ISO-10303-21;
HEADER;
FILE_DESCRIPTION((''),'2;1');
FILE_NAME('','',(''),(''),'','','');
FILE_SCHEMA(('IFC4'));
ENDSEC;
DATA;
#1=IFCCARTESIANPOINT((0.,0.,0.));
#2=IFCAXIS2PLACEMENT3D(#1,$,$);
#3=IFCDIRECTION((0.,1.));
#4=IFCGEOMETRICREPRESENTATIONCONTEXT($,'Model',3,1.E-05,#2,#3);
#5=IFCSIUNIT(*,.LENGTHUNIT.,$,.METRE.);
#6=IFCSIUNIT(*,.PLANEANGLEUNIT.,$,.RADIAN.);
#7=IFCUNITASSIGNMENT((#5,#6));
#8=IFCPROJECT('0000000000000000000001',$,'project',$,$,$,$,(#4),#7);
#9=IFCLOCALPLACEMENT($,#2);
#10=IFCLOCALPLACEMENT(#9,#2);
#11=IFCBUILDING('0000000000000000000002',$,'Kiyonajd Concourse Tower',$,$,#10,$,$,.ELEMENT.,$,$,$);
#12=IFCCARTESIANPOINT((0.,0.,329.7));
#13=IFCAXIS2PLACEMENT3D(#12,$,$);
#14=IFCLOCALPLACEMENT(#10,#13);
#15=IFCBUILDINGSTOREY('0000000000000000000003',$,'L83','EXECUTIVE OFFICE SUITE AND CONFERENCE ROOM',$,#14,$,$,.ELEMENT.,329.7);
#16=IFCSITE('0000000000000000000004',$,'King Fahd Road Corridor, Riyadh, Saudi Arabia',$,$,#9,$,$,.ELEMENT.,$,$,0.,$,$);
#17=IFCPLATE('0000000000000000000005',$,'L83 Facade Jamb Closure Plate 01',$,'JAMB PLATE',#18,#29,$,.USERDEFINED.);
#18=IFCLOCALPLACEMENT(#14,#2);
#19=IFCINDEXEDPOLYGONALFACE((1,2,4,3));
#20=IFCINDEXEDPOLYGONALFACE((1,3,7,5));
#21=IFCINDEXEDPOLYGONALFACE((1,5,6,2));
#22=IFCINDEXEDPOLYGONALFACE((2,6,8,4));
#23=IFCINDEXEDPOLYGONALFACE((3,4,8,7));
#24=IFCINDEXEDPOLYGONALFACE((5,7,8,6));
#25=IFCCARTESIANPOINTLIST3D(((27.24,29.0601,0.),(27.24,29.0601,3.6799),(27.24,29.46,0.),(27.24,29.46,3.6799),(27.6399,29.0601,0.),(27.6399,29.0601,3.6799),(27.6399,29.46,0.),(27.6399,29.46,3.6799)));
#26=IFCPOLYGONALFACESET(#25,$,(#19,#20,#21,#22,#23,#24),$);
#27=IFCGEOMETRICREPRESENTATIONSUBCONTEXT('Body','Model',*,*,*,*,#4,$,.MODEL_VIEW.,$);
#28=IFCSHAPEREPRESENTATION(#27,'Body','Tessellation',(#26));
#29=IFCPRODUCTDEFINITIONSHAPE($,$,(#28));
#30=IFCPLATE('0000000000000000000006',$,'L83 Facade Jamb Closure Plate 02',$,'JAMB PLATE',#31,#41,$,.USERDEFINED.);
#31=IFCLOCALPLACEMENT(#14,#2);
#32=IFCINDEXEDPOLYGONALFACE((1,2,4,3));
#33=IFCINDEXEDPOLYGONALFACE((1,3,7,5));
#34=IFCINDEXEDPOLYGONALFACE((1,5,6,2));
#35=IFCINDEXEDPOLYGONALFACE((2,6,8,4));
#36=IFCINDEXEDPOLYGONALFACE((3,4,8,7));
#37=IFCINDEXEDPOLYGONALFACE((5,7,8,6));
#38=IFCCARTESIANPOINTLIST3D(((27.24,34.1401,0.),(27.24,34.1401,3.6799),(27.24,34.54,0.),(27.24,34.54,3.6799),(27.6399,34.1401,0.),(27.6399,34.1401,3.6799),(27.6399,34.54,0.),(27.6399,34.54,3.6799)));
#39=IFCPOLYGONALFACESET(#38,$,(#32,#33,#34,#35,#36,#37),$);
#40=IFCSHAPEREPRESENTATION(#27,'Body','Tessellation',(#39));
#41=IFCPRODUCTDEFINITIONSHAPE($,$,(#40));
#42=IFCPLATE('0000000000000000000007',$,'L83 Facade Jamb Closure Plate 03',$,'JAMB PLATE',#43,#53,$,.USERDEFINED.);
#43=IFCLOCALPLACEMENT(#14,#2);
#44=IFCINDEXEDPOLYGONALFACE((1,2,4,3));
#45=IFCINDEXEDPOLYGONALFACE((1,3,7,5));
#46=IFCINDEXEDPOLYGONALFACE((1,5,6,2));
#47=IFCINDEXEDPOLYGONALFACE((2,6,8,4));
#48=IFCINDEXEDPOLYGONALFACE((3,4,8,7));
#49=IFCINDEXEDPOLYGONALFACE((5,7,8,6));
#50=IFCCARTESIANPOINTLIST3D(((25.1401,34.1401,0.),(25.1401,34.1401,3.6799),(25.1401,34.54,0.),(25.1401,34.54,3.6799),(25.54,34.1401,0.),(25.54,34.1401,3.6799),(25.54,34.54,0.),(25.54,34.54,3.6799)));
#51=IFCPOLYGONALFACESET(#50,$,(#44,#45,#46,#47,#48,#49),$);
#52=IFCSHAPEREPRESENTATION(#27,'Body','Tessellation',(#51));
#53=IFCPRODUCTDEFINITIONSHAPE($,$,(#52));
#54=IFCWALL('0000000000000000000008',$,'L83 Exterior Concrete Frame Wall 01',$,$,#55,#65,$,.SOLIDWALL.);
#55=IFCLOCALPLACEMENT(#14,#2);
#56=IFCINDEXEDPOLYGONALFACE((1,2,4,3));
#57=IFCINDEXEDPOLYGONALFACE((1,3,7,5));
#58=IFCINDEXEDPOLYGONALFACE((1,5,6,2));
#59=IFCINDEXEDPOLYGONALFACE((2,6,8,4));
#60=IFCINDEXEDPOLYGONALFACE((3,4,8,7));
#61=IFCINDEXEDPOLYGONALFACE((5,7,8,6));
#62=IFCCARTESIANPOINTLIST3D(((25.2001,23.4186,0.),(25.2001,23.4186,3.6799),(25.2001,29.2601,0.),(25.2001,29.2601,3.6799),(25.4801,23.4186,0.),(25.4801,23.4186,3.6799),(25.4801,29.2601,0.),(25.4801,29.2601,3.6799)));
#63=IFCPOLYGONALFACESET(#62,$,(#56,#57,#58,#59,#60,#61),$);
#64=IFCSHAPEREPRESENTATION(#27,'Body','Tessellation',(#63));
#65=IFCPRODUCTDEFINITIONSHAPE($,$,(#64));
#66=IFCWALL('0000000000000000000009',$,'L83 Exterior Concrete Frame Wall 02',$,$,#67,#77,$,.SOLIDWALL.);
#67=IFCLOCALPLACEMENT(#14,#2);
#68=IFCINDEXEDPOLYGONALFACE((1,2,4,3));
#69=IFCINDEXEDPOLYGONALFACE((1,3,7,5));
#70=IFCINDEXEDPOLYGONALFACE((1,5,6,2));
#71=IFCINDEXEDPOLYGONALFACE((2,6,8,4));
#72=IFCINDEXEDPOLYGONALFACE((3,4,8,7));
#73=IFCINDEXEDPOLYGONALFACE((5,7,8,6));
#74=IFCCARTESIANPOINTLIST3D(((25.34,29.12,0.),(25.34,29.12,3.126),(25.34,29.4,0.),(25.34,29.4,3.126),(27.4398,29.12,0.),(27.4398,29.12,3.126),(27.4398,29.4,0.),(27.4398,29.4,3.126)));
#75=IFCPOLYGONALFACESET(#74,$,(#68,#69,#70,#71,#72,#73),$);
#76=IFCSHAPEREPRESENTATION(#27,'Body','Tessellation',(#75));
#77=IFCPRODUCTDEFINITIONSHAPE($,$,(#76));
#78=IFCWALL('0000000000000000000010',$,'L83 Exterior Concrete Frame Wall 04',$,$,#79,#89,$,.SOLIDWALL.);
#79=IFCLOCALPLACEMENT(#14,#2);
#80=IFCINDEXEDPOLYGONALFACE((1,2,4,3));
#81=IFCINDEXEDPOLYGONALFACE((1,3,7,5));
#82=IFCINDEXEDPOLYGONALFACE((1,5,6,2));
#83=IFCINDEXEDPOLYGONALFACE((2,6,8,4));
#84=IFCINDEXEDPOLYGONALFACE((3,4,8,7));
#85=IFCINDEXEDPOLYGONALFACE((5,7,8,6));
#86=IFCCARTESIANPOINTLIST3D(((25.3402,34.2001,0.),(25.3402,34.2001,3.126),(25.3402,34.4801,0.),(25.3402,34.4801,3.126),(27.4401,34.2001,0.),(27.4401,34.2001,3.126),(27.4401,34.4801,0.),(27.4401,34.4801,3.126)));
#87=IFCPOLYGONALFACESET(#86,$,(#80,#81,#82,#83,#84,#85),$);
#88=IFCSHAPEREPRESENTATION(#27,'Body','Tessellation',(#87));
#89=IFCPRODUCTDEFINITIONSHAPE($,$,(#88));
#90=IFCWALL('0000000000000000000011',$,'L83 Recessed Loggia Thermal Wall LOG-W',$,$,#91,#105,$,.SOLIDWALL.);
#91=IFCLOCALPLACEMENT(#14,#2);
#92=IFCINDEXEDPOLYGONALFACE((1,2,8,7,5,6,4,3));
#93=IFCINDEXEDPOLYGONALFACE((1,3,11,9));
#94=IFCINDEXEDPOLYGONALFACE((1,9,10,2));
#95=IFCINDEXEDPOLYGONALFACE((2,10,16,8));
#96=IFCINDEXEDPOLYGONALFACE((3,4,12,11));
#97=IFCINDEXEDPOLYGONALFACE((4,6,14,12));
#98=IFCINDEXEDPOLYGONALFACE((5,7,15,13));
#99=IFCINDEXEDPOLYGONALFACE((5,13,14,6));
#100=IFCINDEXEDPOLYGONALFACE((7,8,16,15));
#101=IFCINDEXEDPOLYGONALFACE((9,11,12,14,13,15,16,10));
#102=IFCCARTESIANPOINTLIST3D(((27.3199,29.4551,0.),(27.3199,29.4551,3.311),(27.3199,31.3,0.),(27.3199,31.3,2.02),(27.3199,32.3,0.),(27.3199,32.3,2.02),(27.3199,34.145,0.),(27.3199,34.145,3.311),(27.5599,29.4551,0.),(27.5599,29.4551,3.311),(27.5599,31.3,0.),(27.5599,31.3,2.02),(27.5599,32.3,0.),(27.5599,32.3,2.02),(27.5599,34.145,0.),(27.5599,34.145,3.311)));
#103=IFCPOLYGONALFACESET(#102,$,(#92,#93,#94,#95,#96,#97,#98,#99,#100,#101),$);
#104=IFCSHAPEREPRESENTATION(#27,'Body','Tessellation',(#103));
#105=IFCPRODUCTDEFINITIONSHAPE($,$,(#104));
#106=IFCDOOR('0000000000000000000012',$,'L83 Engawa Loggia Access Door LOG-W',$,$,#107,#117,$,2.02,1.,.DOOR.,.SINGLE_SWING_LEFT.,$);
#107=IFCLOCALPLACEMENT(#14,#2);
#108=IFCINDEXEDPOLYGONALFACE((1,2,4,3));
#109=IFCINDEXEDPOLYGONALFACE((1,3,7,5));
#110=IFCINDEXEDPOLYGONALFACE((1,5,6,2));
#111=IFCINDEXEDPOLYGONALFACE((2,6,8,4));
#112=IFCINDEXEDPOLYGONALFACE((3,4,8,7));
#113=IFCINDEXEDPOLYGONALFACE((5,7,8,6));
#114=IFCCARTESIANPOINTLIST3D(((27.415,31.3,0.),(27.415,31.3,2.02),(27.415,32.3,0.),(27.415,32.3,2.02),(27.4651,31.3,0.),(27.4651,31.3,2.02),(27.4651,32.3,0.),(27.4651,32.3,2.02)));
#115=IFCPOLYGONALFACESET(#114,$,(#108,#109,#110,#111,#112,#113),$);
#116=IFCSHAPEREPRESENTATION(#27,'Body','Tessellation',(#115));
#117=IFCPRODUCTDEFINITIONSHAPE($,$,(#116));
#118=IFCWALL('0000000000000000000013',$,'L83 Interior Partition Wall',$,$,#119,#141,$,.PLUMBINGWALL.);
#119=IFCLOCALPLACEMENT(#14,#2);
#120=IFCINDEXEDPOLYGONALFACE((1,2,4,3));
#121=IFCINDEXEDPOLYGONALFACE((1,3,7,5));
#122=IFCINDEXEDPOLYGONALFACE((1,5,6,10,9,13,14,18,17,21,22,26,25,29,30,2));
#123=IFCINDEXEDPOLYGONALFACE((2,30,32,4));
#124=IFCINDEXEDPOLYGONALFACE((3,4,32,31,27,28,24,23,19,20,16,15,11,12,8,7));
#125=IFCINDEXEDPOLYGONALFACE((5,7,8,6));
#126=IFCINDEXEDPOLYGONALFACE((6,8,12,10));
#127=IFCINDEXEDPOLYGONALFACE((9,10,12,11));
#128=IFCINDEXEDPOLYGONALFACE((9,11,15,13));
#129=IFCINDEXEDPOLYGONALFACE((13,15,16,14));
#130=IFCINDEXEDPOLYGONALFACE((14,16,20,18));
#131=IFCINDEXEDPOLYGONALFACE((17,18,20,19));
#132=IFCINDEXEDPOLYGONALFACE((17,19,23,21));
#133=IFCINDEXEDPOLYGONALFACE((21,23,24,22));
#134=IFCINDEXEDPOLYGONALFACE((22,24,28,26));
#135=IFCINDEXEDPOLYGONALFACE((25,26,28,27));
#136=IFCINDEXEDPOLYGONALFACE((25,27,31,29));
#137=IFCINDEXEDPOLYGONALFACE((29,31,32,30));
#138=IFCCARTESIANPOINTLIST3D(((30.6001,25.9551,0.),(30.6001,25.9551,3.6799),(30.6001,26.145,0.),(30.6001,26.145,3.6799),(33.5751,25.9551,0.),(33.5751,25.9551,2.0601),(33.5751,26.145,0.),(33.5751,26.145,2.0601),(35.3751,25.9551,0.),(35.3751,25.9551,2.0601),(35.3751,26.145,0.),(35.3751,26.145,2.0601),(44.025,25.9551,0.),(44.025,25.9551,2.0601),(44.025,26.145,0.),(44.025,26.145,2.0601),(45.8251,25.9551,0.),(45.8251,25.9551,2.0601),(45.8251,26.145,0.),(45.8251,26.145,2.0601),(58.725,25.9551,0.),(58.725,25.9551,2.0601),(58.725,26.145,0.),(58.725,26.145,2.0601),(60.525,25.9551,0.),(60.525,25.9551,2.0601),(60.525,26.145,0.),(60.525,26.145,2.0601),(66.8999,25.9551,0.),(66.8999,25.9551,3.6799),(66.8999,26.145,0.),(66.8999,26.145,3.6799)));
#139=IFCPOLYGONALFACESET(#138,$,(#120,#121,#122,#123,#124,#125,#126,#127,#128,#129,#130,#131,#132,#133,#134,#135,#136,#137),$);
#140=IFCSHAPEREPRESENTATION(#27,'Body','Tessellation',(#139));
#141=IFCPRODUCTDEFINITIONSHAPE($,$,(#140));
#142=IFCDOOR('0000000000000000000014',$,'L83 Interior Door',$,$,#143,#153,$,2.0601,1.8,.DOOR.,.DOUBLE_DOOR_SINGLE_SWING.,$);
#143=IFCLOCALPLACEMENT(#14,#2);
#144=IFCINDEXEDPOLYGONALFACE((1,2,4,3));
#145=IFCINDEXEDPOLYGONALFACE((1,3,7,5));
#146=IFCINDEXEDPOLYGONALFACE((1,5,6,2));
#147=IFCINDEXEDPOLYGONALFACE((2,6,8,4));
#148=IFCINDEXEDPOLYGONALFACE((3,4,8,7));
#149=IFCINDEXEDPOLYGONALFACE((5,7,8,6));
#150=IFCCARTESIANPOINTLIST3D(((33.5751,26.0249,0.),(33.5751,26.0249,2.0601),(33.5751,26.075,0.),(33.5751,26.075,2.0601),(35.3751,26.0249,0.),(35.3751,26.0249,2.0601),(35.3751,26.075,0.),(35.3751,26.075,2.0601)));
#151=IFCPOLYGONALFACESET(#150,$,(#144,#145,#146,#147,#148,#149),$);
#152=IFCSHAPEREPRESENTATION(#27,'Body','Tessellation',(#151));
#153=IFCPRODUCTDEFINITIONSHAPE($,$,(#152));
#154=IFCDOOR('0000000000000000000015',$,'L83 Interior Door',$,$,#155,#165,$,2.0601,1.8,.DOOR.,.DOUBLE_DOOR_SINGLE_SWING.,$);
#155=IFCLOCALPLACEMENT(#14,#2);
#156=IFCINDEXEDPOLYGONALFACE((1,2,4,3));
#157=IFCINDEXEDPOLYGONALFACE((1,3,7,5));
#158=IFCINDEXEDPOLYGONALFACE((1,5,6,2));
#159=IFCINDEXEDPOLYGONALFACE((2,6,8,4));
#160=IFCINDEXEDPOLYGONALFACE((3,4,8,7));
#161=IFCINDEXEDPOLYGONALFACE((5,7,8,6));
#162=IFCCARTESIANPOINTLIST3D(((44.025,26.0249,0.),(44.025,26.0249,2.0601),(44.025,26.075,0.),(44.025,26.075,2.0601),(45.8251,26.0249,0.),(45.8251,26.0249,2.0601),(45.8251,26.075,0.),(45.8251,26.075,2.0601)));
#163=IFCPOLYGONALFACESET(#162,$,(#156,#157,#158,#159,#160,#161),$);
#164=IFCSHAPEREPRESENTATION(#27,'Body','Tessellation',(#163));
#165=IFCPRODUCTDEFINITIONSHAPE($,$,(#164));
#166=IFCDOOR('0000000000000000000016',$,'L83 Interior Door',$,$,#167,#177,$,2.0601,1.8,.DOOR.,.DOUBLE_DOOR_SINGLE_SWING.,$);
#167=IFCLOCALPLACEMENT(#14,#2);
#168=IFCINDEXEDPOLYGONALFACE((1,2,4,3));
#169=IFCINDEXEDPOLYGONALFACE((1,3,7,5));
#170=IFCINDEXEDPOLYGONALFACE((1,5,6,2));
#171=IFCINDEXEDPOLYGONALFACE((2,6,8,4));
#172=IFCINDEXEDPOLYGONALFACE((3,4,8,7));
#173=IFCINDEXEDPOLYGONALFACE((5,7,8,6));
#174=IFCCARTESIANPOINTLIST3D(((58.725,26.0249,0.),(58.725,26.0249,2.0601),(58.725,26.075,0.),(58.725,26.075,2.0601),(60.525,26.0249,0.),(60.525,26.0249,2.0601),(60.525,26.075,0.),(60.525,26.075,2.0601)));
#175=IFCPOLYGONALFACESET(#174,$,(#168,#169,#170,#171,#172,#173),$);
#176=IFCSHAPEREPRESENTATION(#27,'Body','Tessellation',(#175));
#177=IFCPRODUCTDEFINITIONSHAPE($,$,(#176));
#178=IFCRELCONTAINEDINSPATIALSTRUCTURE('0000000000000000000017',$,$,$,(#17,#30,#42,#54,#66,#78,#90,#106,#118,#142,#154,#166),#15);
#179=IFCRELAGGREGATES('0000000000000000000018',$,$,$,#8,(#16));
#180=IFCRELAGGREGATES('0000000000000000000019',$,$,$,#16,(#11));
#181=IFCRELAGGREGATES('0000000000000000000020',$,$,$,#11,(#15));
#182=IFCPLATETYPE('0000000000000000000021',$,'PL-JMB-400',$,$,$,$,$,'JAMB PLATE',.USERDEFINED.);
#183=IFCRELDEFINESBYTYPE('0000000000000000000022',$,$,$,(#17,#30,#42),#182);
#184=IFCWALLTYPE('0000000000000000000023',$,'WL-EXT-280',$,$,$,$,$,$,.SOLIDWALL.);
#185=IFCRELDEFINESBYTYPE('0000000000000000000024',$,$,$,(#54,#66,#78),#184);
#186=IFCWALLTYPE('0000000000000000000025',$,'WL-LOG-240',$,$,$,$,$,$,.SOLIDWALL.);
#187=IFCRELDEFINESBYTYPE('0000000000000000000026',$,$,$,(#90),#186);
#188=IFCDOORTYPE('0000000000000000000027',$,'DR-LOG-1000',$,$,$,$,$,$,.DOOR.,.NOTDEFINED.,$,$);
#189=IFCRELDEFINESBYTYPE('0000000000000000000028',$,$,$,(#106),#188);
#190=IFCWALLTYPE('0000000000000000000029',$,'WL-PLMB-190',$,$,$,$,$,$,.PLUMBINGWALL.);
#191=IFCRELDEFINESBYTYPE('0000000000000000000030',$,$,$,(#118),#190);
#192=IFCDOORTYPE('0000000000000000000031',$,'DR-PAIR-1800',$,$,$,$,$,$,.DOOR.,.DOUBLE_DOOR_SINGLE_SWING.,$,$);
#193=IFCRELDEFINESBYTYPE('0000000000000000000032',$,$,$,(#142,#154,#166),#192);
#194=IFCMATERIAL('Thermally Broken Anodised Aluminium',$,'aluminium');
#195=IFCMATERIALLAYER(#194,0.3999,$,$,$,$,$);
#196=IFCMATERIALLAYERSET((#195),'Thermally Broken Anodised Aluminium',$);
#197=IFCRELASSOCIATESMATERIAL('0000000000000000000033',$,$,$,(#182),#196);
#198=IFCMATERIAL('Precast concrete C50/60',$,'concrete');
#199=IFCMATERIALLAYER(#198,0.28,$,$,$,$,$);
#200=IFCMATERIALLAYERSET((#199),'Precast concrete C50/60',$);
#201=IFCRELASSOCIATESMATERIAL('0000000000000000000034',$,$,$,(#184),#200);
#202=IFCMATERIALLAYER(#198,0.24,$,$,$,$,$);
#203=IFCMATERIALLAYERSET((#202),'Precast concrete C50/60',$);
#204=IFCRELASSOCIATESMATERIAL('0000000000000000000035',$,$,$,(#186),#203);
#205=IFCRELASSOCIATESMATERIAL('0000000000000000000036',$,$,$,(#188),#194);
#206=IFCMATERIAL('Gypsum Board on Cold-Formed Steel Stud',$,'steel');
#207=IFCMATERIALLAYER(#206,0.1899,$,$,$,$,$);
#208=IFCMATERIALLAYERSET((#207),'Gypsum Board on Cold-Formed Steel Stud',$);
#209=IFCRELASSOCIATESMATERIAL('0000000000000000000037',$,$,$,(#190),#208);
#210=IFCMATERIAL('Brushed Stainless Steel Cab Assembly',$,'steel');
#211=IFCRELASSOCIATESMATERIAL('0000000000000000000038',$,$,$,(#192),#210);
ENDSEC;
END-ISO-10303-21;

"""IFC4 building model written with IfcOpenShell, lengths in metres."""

from ifc_helpers import new_model, si_unit, direction, frame, frame_2d, origin, origin_2d, place, context, subcontext, project, spatial, rectangle, extrude, material, layer, layer_set, type_object, element, fill, save


model = new_model("IFC4")

# Units and contexts
model_context = context("Model", 3, precision=1e-05, world=origin(), true_north=direction((0.0, 1.0)))
body_context = subcontext(model_context, "Body", "Model", "MODEL_VIEW")
ifc_project = project(units=[si_unit("LENGTHUNIT", "METRE"), si_unit("PLANEANGLEUNIT", "RADIAN")], contexts=[model_context])

# Site, building, storey
site_placement = place(None, origin())
site = spatial("IfcSite", under=ifc_project, at=site_placement, Name="King Fahd Road Corridor, Riyadh, Saudi Arabia", CompositionType="ELEMENT", RefElevation=0.0)
building_placement = place(site_placement, origin())
building = spatial("IfcBuilding", under=site, at=building_placement, Name="Kiyonajd Concourse Tower", CompositionType="ELEMENT")
storey_placement = place(building_placement, frame((0.0, 0.0, 329.7)))
storey = spatial("IfcBuildingStorey", under=building, at=storey_placement, Name="L83", Description="EXECUTIVE OFFICE SUITE AND CONFERENCE ROOM", CompositionType="ELEMENT", Elevation=329.7)

# Plates
ifc_material_1 = material(Name="Thermally Broken Anodised Aluminium", Category="aluminium")
ifc_layer_1 = layer(ifc_material_1, 0.3999)
ifc_layer_set_1 = layer_set([ifc_layer_1], Name="Thermally Broken Anodised Aluminium")
plate_type_1 = type_object("IfcPlateType", Name="PL-JMB-400", ElementType="JAMB PLATE", PredefinedType="USERDEFINED", material=ifc_layer_set_1)
for number, where, z_axis, x_axis, name in (
    (1, (27.4399, 29.26, 0.0), (0.0, 0.0, 1.0), (1.0, 0.0, 0.0), "L83 Facade Jamb Closure Plate 01"),
    (2, (27.4399, 34.3401, 0.0), (0.0, 0.0, 1.0), (1.0, 0.0, 0.0), "L83 Facade Jamb Closure Plate 02"),
    (3, (25.3401, 34.3401, 0.0), (0.0, 0.0, 1.0), (1.0, 0.0, 0.0), "L83 Facade Jamb Closure Plate 03"),
):
    element("IfcPlate", number, at=place(storey_placement, frame(where, z_axis=z_axis, x_axis=x_axis)), inside=storey, type_object=plate_type_1, Name=name, ObjectType="JAMB PLATE", PredefinedType="USERDEFINED", context=body_context, shape_type="SweptSolid", body=[
        extrude(rectangle(XDim=0.3999, YDim=0.3999, at=origin_2d()), origin(), (0.0, 0.0, 1.0), 3.6799),
    ])

# Walls
ifc_material_2 = material(Name="Precast concrete C50/60", Category="concrete")
ifc_layer_2 = layer(ifc_material_2, 0.28)
ifc_layer_set_2 = layer_set([ifc_layer_2], Name="Precast concrete C50/60")
wall_type_1 = type_object("IfcWallType", Name="WL-EXT-280", PredefinedType="SOLIDWALL", material=ifc_layer_set_2)
wall_1_placement = place(storey_placement, frame((25.3401, 23.4185, 0.0), z_axis=(0.0, 0.0, 1.0), x_axis=(0.0, 1.0, 0.0)))
element("IfcWall", 4, at=wall_1_placement, inside=storey, type_object=wall_type_1, Name="L83 Exterior Concrete Frame Wall 01", PredefinedType="SOLIDWALL", context=body_context, shape_type="SweptSolid", body=[
    extrude(rectangle(XDim=5.8416, YDim=0.28, at=frame_2d((2.9209, 0.0))), origin(), (0.0, 0.0, 1.0), 3.6799),
])
for number, where, z_axis, x_axis, name in (
    (5, (25.3401, 29.26, 0.0), (0.0, 0.0, 1.0), (1.0, 0.0, 0.0), "L83 Exterior Concrete Frame Wall 02"),
    (6, (27.4399, 34.3401, 0.0), (0.0, 0.0, 1.0), (-1.0, 0.0, 0.0), "L83 Exterior Concrete Frame Wall 04"),
):
    element("IfcWall", number, at=place(storey_placement, frame(where, z_axis=z_axis, x_axis=x_axis)), inside=storey, type_object=wall_type_1, Name=name, PredefinedType="SOLIDWALL", context=body_context, shape_type="SweptSolid", body=[
        extrude(rectangle(XDim=2.0999, YDim=0.28, at=frame_2d((1.0498, 0.0))), origin(), (0.0, 0.0, 1.0), 3.126),
    ])

# Wall, opening, door
ifc_layer_3 = layer(ifc_material_2, 0.24)
ifc_layer_set_3 = layer_set([ifc_layer_3], Name="Precast concrete C50/60")
wall_type_2 = type_object("IfcWallType", Name="WL-LOG-240", PredefinedType="SOLIDWALL", material=ifc_layer_set_3)
wall_2_placement = place(storey_placement, frame((27.4399, 29.4551, 0.0), z_axis=(0.0, 0.0, 1.0), x_axis=(0.0, 1.0, 0.0)))
wall_2 = element("IfcWall", 7, at=wall_2_placement, inside=storey, type_object=wall_type_2, Name="L83 Recessed Loggia Thermal Wall LOG-W", PredefinedType="SOLIDWALL", context=body_context, shape_type="SweptSolid", body=[
    extrude(rectangle(XDim=4.6899, YDim=0.24, at=frame_2d((2.345, 0.0))), origin(), (0.0, 0.0, 1.0), 3.311),
])
opening_1_placement = place(wall_2_placement, frame((1.845, 0.0, 0.0)))
opening_1 = element("IfcOpeningElement", 8, at=opening_1_placement, cuts=wall_2, PredefinedType="OPENING", context=body_context, shape_type="SweptSolid", body=[
    extrude(rectangle(XDim=1.0, YDim=2.02, at=frame_2d((0.5, 1.01))), frame((0.0, 0.1299, 0.0), z_axis=(0.0, -1.0, 0.0), x_axis=(1.0, 0.0, 0.0)), (0.0, 0.0, 1.0), 0.26),
])
door_type_1 = type_object("IfcDoorType", Name="DR-LOG-1000", OperationType="NOTDEFINED", PredefinedType="DOOR", material=ifc_material_1)
door_1_placement = place(opening_1_placement, origin())
door_1 = element("IfcDoor", 9, at=door_1_placement, inside=storey, type_object=door_type_1, Name="L83 Engawa Loggia Access Door LOG-W", OperationType="SINGLE_SWING_LEFT", OverallHeight=2.02, OverallWidth=1.0, PredefinedType="DOOR", context=body_context, shape_type="SweptSolid", body=[
    extrude(rectangle(XDim=1.0, YDim=2.02, at=frame_2d((0.5, 1.01))), frame((0.0, 0.0249, 0.0), z_axis=(0.0, -1.0, 0.0), x_axis=(1.0, 0.0, 0.0)), (0.0, 0.0, 1.0), 0.05),
])
fill(opening_1, door_1)

# Wall, openings, doors
ifc_material_3 = material(Name="Gypsum Board on Cold-Formed Steel Stud", Category="steel")
ifc_layer_4 = layer(ifc_material_3, 0.1899)
ifc_layer_set_4 = layer_set([ifc_layer_4], Name="Gypsum Board on Cold-Formed Steel Stud")
wall_type_3 = type_object("IfcWallType", Name="WL-PLMB-190", PredefinedType="PLUMBINGWALL", material=ifc_layer_set_4)
wall_3_placement = place(storey_placement, frame((30.6001, 26.05, 0.0), z_axis=(0.0, 0.0, 1.0), x_axis=(1.0, 0.0, 0.0)))
wall_3 = element("IfcWall", 10, at=wall_3_placement, inside=storey, type_object=wall_type_3, Name="L83 Interior Partition Wall", PredefinedType="PLUMBINGWALL", context=body_context, shape_type="SweptSolid", body=[
    extrude(rectangle(XDim=36.2998, YDim=0.1899, at=frame_2d((18.1499, 0.0))), origin(), (0.0, 0.0, 1.0), 3.6799),
])
opening_2_placement = place(wall_3_placement, frame((2.9751, 0.0, 0.0)))
opening_2 = element("IfcOpeningElement", 11, at=opening_2_placement, cuts=wall_3, PredefinedType="OPENING", context=body_context, shape_type="SweptSolid", body=[
    extrude(rectangle(XDim=1.8, YDim=2.0601, at=frame_2d((0.8999, 1.03))), frame((0.0, 0.105, 0.0), z_axis=(0.0, -1.0, 0.0), x_axis=(1.0, 0.0, 0.0)), (0.0, 0.0, 1.0), 0.21),
])
opening_3_placement = place(wall_3_placement, frame((13.425, 0.0, 0.0)))
opening_3 = element("IfcOpeningElement", 12, at=opening_3_placement, cuts=wall_3, PredefinedType="OPENING", context=body_context, shape_type="SweptSolid", body=[
    extrude(rectangle(XDim=1.8, YDim=2.0601, at=frame_2d((0.8999, 1.03))), frame((0.0, 0.105, 0.0), z_axis=(0.0, -1.0, 0.0), x_axis=(1.0, 0.0, 0.0)), (0.0, 0.0, 1.0), 0.21),
])
opening_4_placement = place(wall_3_placement, frame((28.125, 0.0, 0.0)))
opening_4 = element("IfcOpeningElement", 13, at=opening_4_placement, cuts=wall_3, PredefinedType="OPENING", context=body_context, shape_type="SweptSolid", body=[
    extrude(rectangle(XDim=1.8, YDim=2.0601, at=frame_2d((0.8999, 1.03))), frame((0.0, 0.105, 0.0), z_axis=(0.0, -1.0, 0.0), x_axis=(1.0, 0.0, 0.0)), (0.0, 0.0, 1.0), 0.21),
])
ifc_material_4 = material(Name="Brushed Stainless Steel Cab Assembly", Category="steel")
door_type_2 = type_object("IfcDoorType", Name="DR-PAIR-1800", OperationType="DOUBLE_DOOR_SINGLE_SWING", PredefinedType="DOOR", material=ifc_material_4)
door_2_placement = place(opening_2_placement, origin())
door_2 = element("IfcDoor", 14, at=door_2_placement, inside=storey, type_object=door_type_2, Name="L83 Interior Door", OperationType="DOUBLE_DOOR_SINGLE_SWING", OverallHeight=2.0601, OverallWidth=1.8, PredefinedType="DOOR", context=body_context, shape_type="SweptSolid", body=[
    extrude(rectangle(XDim=1.8, YDim=2.0601, at=frame_2d((0.8999, 1.03))), frame((0.0, 0.0249, 0.0), z_axis=(0.0, -1.0, 0.0), x_axis=(1.0, 0.0, 0.0)), (0.0, 0.0, 1.0), 0.05),
])
fill(opening_2, door_2)
door_3_placement = place(opening_3_placement, origin())
door_3 = element("IfcDoor", 15, at=door_3_placement, inside=storey, type_object=door_type_2, Name="L83 Interior Door", OperationType="DOUBLE_DOOR_SINGLE_SWING", OverallHeight=2.0601, OverallWidth=1.8, PredefinedType="DOOR", context=body_context, shape_type="SweptSolid", body=[
    extrude(rectangle(XDim=1.8, YDim=2.0601, at=frame_2d((0.8999, 1.03))), frame((0.0, 0.0249, 0.0), z_axis=(0.0, -1.0, 0.0), x_axis=(1.0, 0.0, 0.0)), (0.0, 0.0, 1.0), 0.05),
])
fill(opening_3, door_3)
door_4_placement = place(opening_4_placement, origin())
door_4 = element("IfcDoor", 16, at=door_4_placement, inside=storey, type_object=door_type_2, Name="L83 Interior Door", OperationType="DOUBLE_DOOR_SINGLE_SWING", OverallHeight=2.0601, OverallWidth=1.8, PredefinedType="DOOR", context=body_context, shape_type="SweptSolid", body=[
    extrude(rectangle(XDim=1.8, YDim=2.0601, at=frame_2d((0.8999, 1.03))), frame((0.0, 0.0249, 0.0), z_axis=(0.0, -1.0, 0.0), x_axis=(1.0, 0.0, 0.0)), (0.0, 0.0, 1.0), 0.05),
])
fill(opening_4, door_4)

save(model, "model.ifc")
